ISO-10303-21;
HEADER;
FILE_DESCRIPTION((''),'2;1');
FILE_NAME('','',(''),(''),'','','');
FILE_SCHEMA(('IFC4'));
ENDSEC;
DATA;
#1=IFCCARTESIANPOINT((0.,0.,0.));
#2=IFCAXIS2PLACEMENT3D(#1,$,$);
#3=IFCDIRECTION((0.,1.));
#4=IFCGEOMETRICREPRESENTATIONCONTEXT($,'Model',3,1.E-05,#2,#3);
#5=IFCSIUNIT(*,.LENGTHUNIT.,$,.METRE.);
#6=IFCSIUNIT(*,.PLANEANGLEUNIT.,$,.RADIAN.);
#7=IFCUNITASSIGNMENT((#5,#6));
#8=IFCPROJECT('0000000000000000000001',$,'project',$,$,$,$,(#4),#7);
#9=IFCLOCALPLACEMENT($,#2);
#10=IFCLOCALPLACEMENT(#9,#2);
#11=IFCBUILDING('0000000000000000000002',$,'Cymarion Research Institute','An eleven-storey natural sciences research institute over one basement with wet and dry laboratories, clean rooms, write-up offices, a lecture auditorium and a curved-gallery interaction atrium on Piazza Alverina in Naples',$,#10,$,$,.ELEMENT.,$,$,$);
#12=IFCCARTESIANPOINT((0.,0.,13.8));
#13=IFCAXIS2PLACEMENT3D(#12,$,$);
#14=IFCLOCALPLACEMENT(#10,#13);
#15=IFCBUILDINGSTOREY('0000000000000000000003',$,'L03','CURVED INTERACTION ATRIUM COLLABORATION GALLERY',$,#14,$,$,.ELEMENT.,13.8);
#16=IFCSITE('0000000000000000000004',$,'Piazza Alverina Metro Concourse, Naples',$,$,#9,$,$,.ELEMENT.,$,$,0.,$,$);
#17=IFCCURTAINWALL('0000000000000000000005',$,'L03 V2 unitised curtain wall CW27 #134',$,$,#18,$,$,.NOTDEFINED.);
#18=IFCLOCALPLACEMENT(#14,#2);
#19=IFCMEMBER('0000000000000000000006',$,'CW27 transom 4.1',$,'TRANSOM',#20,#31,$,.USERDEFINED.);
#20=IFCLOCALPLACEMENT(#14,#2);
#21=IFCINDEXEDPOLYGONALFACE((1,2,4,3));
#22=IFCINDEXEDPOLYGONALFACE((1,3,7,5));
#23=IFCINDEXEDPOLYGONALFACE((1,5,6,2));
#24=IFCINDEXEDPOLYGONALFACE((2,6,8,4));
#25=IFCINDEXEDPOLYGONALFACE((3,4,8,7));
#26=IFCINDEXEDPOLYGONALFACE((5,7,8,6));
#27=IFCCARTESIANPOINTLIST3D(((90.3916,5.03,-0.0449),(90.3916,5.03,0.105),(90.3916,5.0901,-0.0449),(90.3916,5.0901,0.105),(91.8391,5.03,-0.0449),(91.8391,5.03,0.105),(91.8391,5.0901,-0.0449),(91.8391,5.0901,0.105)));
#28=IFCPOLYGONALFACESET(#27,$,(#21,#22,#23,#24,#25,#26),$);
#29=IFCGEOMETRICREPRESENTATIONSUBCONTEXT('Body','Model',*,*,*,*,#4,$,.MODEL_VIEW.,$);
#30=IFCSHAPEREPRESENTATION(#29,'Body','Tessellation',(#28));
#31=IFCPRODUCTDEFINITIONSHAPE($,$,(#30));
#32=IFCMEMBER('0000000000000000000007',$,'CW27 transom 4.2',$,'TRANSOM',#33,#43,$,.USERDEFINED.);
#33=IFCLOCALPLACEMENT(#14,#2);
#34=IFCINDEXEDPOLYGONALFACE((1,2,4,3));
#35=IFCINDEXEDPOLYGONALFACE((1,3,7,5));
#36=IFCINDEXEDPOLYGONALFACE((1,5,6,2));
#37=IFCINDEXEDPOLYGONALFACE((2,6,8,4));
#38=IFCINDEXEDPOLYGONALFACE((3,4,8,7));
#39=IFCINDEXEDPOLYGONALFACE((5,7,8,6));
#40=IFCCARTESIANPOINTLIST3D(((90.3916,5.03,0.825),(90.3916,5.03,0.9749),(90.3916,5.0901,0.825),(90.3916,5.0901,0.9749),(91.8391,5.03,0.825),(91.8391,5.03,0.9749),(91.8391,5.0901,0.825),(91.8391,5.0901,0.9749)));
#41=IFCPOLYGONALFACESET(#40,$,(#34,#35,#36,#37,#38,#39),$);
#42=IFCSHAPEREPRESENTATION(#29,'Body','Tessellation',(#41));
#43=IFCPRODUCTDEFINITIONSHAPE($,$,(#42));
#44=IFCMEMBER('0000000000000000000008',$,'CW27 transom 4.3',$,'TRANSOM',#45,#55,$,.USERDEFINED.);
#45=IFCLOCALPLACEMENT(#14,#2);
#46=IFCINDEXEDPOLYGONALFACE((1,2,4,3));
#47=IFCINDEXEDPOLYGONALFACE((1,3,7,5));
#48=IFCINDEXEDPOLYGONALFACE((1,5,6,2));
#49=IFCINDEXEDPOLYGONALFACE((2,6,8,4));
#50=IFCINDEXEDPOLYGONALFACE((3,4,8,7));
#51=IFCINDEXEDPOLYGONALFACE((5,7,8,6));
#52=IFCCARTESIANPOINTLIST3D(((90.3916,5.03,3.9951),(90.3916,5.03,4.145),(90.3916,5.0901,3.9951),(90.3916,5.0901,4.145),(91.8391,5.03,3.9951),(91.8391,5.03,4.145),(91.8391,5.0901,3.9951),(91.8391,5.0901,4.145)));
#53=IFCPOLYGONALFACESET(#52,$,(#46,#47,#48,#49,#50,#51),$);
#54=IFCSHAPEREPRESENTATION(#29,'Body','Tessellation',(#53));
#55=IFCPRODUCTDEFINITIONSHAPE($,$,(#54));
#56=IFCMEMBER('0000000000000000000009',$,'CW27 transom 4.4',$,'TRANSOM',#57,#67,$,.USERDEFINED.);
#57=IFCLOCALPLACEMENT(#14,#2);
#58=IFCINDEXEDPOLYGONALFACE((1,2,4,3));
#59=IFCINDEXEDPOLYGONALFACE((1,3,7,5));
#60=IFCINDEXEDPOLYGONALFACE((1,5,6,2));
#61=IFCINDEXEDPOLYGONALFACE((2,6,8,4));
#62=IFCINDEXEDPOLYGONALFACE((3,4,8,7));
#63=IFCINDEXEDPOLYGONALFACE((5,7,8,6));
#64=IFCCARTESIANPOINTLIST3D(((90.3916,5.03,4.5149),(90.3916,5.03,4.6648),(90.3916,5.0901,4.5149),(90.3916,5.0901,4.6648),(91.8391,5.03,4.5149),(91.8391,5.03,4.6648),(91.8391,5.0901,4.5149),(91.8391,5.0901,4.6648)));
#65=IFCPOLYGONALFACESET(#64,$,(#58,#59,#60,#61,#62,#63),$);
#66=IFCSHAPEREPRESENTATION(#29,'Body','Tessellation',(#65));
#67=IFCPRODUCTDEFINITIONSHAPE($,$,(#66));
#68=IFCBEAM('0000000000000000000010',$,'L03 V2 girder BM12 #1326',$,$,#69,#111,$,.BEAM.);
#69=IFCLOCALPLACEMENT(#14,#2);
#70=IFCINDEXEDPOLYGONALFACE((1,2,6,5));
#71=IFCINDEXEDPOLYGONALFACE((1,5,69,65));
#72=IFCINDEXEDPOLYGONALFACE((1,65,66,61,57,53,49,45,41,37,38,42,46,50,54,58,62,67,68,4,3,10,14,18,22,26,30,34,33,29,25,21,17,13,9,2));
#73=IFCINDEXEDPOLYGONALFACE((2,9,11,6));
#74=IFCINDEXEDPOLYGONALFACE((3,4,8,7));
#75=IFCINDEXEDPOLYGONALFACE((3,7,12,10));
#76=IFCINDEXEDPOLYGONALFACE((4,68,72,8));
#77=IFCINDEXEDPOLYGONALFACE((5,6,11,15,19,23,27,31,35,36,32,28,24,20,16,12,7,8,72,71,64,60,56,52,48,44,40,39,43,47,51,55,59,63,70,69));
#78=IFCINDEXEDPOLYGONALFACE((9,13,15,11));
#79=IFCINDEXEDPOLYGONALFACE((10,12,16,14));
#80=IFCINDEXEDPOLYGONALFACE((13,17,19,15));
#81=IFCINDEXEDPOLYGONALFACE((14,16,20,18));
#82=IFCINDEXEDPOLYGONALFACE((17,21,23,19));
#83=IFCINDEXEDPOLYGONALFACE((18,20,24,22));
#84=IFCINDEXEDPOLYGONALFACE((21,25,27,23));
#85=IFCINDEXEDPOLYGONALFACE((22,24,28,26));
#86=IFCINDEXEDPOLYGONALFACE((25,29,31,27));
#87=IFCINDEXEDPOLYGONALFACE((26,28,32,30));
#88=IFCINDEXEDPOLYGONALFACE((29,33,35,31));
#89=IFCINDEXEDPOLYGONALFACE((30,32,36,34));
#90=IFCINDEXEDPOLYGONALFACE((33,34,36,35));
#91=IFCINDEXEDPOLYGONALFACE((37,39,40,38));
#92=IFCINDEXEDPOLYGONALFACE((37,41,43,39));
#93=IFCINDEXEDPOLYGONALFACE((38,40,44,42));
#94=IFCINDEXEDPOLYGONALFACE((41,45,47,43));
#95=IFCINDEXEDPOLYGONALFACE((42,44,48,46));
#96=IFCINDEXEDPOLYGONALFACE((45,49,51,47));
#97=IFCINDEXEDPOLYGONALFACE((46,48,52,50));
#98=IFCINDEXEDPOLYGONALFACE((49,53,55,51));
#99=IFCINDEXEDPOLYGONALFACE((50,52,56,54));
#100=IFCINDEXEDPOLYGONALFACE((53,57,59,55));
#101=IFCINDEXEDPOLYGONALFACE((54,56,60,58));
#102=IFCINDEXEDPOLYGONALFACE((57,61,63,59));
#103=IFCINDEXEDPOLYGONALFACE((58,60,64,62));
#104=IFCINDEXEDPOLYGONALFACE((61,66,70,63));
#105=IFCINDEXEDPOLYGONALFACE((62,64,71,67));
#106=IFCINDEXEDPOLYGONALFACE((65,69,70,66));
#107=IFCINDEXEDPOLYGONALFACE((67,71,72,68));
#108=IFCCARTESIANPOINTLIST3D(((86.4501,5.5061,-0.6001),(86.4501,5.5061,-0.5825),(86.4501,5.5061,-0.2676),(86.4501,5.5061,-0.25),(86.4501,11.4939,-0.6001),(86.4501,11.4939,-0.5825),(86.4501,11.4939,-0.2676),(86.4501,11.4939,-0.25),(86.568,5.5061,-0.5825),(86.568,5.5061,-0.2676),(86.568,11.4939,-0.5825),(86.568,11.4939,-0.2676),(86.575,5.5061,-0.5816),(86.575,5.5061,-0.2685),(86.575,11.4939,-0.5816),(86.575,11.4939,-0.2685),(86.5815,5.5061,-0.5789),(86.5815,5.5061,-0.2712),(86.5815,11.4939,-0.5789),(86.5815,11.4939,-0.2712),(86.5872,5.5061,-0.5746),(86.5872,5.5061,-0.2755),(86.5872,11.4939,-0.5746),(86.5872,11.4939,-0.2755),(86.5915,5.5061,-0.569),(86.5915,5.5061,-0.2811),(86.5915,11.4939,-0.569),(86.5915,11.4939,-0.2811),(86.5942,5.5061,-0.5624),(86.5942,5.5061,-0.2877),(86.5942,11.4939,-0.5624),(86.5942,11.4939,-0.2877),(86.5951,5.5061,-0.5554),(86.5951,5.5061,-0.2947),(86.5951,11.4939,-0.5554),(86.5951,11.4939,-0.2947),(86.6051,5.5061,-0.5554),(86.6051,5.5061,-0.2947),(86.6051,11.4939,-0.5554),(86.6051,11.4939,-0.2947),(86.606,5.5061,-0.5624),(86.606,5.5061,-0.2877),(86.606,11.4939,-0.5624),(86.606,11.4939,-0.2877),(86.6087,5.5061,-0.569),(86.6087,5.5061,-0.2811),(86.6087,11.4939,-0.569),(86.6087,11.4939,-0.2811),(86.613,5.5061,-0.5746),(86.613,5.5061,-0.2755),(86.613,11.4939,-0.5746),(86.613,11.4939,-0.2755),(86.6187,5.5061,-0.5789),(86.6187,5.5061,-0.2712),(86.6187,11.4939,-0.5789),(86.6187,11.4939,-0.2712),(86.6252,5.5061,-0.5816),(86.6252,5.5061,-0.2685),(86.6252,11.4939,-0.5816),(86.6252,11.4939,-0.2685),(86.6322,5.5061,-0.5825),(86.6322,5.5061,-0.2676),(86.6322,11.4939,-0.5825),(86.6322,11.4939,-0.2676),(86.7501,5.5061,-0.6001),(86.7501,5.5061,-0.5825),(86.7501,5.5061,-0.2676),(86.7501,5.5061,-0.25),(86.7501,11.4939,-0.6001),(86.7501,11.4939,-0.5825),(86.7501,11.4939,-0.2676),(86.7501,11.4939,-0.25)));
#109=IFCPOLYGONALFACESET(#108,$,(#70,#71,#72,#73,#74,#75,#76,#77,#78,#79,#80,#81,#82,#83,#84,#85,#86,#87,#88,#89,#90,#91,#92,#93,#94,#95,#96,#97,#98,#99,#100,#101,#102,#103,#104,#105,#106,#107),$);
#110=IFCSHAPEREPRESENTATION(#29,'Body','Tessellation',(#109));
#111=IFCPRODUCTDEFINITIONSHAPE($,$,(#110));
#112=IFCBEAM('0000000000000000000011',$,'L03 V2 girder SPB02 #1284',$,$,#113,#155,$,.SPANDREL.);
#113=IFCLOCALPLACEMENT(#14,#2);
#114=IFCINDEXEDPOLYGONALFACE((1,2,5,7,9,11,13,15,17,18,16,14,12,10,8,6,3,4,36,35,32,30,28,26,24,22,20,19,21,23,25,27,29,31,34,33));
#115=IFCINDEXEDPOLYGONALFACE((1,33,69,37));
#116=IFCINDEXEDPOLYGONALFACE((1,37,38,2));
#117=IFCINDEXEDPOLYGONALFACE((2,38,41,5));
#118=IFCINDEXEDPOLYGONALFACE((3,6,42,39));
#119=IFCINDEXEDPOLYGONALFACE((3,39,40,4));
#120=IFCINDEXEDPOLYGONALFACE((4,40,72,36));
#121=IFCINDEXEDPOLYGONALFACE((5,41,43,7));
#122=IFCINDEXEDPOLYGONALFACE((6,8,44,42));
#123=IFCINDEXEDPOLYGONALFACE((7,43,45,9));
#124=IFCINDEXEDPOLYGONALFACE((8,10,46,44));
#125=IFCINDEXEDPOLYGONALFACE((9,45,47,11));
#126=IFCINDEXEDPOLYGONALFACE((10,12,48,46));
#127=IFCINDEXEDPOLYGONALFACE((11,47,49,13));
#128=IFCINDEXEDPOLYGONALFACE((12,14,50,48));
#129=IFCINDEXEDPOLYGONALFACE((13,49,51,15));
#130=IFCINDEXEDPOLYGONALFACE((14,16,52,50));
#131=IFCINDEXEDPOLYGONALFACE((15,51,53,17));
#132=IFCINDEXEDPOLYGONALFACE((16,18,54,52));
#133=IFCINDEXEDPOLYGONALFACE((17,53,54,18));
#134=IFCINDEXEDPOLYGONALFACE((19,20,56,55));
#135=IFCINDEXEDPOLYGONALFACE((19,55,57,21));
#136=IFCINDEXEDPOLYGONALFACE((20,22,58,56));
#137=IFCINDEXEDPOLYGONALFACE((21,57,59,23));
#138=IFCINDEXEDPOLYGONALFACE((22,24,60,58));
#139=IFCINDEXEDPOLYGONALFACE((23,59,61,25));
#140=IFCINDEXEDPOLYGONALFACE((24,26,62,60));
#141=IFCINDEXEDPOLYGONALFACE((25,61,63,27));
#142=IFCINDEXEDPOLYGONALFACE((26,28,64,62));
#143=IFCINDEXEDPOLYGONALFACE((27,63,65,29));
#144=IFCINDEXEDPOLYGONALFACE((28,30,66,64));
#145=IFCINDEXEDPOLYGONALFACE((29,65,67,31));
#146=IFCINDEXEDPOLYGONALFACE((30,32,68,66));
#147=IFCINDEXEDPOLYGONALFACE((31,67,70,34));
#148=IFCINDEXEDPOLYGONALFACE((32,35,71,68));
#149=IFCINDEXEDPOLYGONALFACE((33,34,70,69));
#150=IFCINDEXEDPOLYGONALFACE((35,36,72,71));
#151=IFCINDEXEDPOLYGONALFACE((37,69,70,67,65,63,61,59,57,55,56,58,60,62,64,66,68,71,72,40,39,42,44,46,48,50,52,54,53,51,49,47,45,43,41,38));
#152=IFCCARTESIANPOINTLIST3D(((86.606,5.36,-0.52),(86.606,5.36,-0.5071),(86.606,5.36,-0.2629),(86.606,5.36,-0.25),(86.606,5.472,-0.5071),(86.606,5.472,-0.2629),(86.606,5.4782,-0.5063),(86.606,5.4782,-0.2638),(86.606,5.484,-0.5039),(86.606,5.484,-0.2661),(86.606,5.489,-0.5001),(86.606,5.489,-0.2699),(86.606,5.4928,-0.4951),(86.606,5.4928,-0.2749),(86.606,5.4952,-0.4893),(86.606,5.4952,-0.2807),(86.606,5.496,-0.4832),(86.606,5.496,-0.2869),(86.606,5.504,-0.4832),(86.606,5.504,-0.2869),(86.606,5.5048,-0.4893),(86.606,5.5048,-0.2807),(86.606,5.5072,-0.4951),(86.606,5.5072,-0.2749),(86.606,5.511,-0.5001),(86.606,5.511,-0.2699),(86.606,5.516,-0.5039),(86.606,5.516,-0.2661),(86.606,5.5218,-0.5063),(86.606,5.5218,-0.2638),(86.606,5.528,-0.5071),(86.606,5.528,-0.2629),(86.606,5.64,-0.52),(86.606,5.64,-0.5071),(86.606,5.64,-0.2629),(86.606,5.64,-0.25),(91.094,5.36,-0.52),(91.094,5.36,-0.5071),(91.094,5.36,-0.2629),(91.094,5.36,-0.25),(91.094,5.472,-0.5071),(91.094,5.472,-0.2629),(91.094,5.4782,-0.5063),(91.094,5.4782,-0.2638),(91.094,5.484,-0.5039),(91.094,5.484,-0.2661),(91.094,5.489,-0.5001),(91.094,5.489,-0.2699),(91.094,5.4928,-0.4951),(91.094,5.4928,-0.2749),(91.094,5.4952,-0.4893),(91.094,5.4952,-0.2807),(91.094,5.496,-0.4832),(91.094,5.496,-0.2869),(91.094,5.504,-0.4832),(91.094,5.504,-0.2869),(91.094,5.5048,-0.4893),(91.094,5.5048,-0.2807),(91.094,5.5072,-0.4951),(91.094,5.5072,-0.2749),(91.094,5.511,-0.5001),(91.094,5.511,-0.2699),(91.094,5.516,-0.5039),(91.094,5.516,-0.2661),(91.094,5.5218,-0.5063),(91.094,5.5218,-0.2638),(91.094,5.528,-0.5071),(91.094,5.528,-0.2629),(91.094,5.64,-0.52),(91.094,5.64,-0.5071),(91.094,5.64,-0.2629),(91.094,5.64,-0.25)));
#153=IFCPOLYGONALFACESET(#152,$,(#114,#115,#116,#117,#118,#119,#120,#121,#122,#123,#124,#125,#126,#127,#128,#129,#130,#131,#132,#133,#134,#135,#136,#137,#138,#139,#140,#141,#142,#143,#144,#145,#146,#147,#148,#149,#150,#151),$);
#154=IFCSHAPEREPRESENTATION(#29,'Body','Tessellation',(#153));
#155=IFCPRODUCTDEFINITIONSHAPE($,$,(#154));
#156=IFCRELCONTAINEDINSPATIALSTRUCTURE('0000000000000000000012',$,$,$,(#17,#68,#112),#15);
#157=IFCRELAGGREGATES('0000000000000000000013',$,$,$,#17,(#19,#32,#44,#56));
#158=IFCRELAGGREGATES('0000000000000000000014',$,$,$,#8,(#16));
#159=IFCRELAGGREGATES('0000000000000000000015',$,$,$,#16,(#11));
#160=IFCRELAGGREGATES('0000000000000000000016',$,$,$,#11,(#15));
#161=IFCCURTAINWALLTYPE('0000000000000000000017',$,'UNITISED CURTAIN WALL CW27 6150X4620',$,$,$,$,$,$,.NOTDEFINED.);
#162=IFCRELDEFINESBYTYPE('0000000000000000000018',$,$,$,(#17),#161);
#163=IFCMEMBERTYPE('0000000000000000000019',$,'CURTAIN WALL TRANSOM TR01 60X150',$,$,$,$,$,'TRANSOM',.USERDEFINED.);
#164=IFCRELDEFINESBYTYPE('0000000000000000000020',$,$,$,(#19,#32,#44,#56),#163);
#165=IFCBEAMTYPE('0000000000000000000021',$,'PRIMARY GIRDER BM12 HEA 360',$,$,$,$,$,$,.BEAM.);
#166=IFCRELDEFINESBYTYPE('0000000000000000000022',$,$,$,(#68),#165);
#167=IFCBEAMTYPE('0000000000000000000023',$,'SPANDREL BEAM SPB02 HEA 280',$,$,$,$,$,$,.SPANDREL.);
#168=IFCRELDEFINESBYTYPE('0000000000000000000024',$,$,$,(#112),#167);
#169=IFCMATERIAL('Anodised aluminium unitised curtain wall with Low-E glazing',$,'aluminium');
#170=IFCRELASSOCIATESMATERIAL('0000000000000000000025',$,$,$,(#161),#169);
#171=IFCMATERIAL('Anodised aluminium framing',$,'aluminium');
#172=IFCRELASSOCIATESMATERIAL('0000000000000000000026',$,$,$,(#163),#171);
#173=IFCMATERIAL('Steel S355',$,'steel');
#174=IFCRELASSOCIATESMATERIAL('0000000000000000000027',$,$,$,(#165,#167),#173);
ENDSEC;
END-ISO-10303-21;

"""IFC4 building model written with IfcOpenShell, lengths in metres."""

from ifc_helpers import new_model, si_unit, direction, frame, origin, origin_2d, place, context, subcontext, project, spatial, rectangle, i_section, extrude, material, material_profile, profile_set, type_object, element, aggregate, save


model = new_model("IFC4")

# Units and contexts
model_context = context("Model", 3, precision=1e-05, world=origin(), true_north=direction((0.0, 1.0)))
body_context = subcontext(model_context, "Body", "Model", "MODEL_VIEW")
ifc_project = project(units=[si_unit("LENGTHUNIT", "METRE"), si_unit("PLANEANGLEUNIT", "RADIAN")], contexts=[model_context])

# Site, building, storey
site_placement = place(None, origin())
site = spatial("IfcSite", under=ifc_project, at=site_placement, Name="Piazza Alverina Metro Concourse, Naples", CompositionType="ELEMENT", RefElevation=0.0)
building_placement = place(site_placement, origin())
building = spatial("IfcBuilding", under=site, at=building_placement, Name="Cymarion Research Institute", Description="An eleven-storey natural sciences research institute over one basement with wet and dry laboratories, clean rooms, write-up offices, a lecture auditorium and a curved-gallery interaction atrium on Piazza Alverina in Naples", CompositionType="ELEMENT")
storey_placement = place(building_placement, frame((0.0, 0.0, 13.8)))
storey = spatial("IfcBuildingStorey", under=building, at=storey_placement, Name="L03", Description="CURVED INTERACTION ATRIUM COLLABORATION GALLERY", CompositionType="ELEMENT", Elevation=13.8)

# Shared definitions
ifc_material_1 = material(Name="Steel S355", Category="steel")

# Curtain wall, members
ifc_material_2 = material(Name="Anodised aluminium unitised curtain wall with Low-E glazing", Category="aluminium")
curtain_wall_type = type_object("IfcCurtainWallType", Name="UNITISED CURTAIN WALL CW27 6150X4620", PredefinedType="NOTDEFINED", material=ifc_material_2)
curtain_wall_placement = place(storey_placement, origin())
curtain_wall = element("IfcCurtainWall", 1, at=curtain_wall_placement, inside=storey, type_object=curtain_wall_type, Name="L03 V2 unitised curtain wall CW27 #134", PredefinedType="NOTDEFINED")
ifc_material_3 = material(Name="Anodised aluminium framing", Category="aluminium")
ifc_material_profile_1 = material_profile(ifc_material_3, rectangle(XDim=0.0601, YDim=0.1499, at=origin_2d()), Name="ALU TRANSOM 60x150")
ifc_profile_set_1 = profile_set([ifc_material_profile_1], Name="Anodised aluminium framing")
member_type_1 = type_object("IfcMemberType", Name="CURTAIN WALL TRANSOM TR01 60X150", ElementType="TRANSOM", PredefinedType="USERDEFINED", material=ifc_profile_set_1)
member_1_placement = place(storey_placement, frame((90.3916, 5.0601, 0.03), z_axis=(1.0, 0.0, 0.0), x_axis=(0.0, 1.0, 0.0)))
member_1 = element("IfcMember", 2, at=member_1_placement, type_object=member_type_1, Name="CW27 transom 4.1", ObjectType="TRANSOM", PredefinedType="USERDEFINED", context=body_context, shape_type="SweptSolid", body=[
    extrude(rectangle(XDim=0.0601, YDim=0.1499, at=origin_2d()), origin(), (0.0, 0.0, 1.0), 1.4475),
])
member_2_placement = place(storey_placement, frame((90.3916, 5.0601, 0.8999), z_axis=(1.0, 0.0, 0.0), x_axis=(0.0, 1.0, 0.0)))
member_2 = element("IfcMember", 3, at=member_2_placement, type_object=member_type_1, Name="CW27 transom 4.2", ObjectType="TRANSOM", PredefinedType="USERDEFINED", context=body_context, shape_type="SweptSolid", body=[
    extrude(rectangle(XDim=0.0601, YDim=0.1499, at=origin_2d()), origin(), (0.0, 0.0, 1.0), 1.4475),
])
member_3_placement = place(storey_placement, frame((90.3916, 5.0601, 4.0701), z_axis=(1.0, 0.0, 0.0), x_axis=(0.0, 1.0, 0.0)))
member_3 = element("IfcMember", 4, at=member_3_placement, type_object=member_type_1, Name="CW27 transom 4.3", ObjectType="TRANSOM", PredefinedType="USERDEFINED", context=body_context, shape_type="SweptSolid", body=[
    extrude(rectangle(XDim=0.0601, YDim=0.1499, at=origin_2d()), origin(), (0.0, 0.0, 1.0), 1.4475),
])
member_4_placement = place(storey_placement, frame((90.3916, 5.0601, 4.5898), z_axis=(1.0, 0.0, 0.0), x_axis=(0.0, 1.0, 0.0)))
member_4 = element("IfcMember", 5, at=member_4_placement, type_object=member_type_1, Name="CW27 transom 4.4", ObjectType="TRANSOM", PredefinedType="USERDEFINED", context=body_context, shape_type="SweptSolid", body=[
    extrude(rectangle(XDim=0.0601, YDim=0.1499, at=origin_2d()), origin(), (0.0, 0.0, 1.0), 1.4475),
])

# Beams
ifc_material_profile_2 = material_profile(ifc_material_1, i_section(OverallWidth=0.3, OverallDepth=0.3501, WebThickness=0.01, FlangeThickness=0.0176, FilletRadius=0.0271, at=origin_2d()), Name="HEA 360")
ifc_profile_set_2 = profile_set([ifc_material_profile_2], Name="Steel S355")
beam_type_1 = type_object("IfcBeamType", Name="PRIMARY GIRDER BM12 HEA 360", PredefinedType="BEAM", material=ifc_profile_set_2)
beam_1_placement = place(storey_placement, frame((86.6001, 5.5061, -0.425), z_axis=(0.0, 1.0, 0.0), x_axis=(-1.0, 0.0, 0.0)))
element("IfcBeam", 6, at=beam_1_placement, inside=storey, type_object=beam_type_1, Name="L03 V2 girder BM12 #1326", PredefinedType="BEAM", context=body_context, shape_type="SweptSolid", body=[
    extrude(i_section(OverallWidth=0.3, OverallDepth=0.3501, WebThickness=0.01, FlangeThickness=0.0176, FilletRadius=0.0271, at=origin_2d()), origin(), (0.0, 0.0, 1.0), 5.9878),
])
ifc_material_profile_3 = material_profile(ifc_material_1, i_section(OverallWidth=0.28, OverallDepth=0.27, WebThickness=0.0081, FlangeThickness=0.0129, FilletRadius=0.0239, at=origin_2d()), Name="HEA 280")
ifc_profile_set_3 = profile_set([ifc_material_profile_3], Name="Steel S355")
beam_type_2 = type_object("IfcBeamType", Name="SPANDREL BEAM SPB02 HEA 280", PredefinedType="SPANDREL", material=ifc_profile_set_3)
beam_2_placement = place(storey_placement, frame((86.606, 5.5, -0.385), z_axis=(1.0, 0.0, 0.0), x_axis=(0.0, 1.0, 0.0)))
element("IfcBeam", 7, at=beam_2_placement, inside=storey, type_object=beam_type_2, Name="L03 V2 girder SPB02 #1284", PredefinedType="SPANDREL", context=body_context, shape_type="SweptSolid", body=[
    extrude(i_section(OverallWidth=0.28, OverallDepth=0.27, WebThickness=0.0081, FlangeThickness=0.0129, FilletRadius=0.0239, at=origin_2d()), origin(), (0.0, 0.0, 1.0), 4.488),
])

aggregate(curtain_wall, [member_1, member_2, member_3, member_4])

save(model, "model.ifc")
